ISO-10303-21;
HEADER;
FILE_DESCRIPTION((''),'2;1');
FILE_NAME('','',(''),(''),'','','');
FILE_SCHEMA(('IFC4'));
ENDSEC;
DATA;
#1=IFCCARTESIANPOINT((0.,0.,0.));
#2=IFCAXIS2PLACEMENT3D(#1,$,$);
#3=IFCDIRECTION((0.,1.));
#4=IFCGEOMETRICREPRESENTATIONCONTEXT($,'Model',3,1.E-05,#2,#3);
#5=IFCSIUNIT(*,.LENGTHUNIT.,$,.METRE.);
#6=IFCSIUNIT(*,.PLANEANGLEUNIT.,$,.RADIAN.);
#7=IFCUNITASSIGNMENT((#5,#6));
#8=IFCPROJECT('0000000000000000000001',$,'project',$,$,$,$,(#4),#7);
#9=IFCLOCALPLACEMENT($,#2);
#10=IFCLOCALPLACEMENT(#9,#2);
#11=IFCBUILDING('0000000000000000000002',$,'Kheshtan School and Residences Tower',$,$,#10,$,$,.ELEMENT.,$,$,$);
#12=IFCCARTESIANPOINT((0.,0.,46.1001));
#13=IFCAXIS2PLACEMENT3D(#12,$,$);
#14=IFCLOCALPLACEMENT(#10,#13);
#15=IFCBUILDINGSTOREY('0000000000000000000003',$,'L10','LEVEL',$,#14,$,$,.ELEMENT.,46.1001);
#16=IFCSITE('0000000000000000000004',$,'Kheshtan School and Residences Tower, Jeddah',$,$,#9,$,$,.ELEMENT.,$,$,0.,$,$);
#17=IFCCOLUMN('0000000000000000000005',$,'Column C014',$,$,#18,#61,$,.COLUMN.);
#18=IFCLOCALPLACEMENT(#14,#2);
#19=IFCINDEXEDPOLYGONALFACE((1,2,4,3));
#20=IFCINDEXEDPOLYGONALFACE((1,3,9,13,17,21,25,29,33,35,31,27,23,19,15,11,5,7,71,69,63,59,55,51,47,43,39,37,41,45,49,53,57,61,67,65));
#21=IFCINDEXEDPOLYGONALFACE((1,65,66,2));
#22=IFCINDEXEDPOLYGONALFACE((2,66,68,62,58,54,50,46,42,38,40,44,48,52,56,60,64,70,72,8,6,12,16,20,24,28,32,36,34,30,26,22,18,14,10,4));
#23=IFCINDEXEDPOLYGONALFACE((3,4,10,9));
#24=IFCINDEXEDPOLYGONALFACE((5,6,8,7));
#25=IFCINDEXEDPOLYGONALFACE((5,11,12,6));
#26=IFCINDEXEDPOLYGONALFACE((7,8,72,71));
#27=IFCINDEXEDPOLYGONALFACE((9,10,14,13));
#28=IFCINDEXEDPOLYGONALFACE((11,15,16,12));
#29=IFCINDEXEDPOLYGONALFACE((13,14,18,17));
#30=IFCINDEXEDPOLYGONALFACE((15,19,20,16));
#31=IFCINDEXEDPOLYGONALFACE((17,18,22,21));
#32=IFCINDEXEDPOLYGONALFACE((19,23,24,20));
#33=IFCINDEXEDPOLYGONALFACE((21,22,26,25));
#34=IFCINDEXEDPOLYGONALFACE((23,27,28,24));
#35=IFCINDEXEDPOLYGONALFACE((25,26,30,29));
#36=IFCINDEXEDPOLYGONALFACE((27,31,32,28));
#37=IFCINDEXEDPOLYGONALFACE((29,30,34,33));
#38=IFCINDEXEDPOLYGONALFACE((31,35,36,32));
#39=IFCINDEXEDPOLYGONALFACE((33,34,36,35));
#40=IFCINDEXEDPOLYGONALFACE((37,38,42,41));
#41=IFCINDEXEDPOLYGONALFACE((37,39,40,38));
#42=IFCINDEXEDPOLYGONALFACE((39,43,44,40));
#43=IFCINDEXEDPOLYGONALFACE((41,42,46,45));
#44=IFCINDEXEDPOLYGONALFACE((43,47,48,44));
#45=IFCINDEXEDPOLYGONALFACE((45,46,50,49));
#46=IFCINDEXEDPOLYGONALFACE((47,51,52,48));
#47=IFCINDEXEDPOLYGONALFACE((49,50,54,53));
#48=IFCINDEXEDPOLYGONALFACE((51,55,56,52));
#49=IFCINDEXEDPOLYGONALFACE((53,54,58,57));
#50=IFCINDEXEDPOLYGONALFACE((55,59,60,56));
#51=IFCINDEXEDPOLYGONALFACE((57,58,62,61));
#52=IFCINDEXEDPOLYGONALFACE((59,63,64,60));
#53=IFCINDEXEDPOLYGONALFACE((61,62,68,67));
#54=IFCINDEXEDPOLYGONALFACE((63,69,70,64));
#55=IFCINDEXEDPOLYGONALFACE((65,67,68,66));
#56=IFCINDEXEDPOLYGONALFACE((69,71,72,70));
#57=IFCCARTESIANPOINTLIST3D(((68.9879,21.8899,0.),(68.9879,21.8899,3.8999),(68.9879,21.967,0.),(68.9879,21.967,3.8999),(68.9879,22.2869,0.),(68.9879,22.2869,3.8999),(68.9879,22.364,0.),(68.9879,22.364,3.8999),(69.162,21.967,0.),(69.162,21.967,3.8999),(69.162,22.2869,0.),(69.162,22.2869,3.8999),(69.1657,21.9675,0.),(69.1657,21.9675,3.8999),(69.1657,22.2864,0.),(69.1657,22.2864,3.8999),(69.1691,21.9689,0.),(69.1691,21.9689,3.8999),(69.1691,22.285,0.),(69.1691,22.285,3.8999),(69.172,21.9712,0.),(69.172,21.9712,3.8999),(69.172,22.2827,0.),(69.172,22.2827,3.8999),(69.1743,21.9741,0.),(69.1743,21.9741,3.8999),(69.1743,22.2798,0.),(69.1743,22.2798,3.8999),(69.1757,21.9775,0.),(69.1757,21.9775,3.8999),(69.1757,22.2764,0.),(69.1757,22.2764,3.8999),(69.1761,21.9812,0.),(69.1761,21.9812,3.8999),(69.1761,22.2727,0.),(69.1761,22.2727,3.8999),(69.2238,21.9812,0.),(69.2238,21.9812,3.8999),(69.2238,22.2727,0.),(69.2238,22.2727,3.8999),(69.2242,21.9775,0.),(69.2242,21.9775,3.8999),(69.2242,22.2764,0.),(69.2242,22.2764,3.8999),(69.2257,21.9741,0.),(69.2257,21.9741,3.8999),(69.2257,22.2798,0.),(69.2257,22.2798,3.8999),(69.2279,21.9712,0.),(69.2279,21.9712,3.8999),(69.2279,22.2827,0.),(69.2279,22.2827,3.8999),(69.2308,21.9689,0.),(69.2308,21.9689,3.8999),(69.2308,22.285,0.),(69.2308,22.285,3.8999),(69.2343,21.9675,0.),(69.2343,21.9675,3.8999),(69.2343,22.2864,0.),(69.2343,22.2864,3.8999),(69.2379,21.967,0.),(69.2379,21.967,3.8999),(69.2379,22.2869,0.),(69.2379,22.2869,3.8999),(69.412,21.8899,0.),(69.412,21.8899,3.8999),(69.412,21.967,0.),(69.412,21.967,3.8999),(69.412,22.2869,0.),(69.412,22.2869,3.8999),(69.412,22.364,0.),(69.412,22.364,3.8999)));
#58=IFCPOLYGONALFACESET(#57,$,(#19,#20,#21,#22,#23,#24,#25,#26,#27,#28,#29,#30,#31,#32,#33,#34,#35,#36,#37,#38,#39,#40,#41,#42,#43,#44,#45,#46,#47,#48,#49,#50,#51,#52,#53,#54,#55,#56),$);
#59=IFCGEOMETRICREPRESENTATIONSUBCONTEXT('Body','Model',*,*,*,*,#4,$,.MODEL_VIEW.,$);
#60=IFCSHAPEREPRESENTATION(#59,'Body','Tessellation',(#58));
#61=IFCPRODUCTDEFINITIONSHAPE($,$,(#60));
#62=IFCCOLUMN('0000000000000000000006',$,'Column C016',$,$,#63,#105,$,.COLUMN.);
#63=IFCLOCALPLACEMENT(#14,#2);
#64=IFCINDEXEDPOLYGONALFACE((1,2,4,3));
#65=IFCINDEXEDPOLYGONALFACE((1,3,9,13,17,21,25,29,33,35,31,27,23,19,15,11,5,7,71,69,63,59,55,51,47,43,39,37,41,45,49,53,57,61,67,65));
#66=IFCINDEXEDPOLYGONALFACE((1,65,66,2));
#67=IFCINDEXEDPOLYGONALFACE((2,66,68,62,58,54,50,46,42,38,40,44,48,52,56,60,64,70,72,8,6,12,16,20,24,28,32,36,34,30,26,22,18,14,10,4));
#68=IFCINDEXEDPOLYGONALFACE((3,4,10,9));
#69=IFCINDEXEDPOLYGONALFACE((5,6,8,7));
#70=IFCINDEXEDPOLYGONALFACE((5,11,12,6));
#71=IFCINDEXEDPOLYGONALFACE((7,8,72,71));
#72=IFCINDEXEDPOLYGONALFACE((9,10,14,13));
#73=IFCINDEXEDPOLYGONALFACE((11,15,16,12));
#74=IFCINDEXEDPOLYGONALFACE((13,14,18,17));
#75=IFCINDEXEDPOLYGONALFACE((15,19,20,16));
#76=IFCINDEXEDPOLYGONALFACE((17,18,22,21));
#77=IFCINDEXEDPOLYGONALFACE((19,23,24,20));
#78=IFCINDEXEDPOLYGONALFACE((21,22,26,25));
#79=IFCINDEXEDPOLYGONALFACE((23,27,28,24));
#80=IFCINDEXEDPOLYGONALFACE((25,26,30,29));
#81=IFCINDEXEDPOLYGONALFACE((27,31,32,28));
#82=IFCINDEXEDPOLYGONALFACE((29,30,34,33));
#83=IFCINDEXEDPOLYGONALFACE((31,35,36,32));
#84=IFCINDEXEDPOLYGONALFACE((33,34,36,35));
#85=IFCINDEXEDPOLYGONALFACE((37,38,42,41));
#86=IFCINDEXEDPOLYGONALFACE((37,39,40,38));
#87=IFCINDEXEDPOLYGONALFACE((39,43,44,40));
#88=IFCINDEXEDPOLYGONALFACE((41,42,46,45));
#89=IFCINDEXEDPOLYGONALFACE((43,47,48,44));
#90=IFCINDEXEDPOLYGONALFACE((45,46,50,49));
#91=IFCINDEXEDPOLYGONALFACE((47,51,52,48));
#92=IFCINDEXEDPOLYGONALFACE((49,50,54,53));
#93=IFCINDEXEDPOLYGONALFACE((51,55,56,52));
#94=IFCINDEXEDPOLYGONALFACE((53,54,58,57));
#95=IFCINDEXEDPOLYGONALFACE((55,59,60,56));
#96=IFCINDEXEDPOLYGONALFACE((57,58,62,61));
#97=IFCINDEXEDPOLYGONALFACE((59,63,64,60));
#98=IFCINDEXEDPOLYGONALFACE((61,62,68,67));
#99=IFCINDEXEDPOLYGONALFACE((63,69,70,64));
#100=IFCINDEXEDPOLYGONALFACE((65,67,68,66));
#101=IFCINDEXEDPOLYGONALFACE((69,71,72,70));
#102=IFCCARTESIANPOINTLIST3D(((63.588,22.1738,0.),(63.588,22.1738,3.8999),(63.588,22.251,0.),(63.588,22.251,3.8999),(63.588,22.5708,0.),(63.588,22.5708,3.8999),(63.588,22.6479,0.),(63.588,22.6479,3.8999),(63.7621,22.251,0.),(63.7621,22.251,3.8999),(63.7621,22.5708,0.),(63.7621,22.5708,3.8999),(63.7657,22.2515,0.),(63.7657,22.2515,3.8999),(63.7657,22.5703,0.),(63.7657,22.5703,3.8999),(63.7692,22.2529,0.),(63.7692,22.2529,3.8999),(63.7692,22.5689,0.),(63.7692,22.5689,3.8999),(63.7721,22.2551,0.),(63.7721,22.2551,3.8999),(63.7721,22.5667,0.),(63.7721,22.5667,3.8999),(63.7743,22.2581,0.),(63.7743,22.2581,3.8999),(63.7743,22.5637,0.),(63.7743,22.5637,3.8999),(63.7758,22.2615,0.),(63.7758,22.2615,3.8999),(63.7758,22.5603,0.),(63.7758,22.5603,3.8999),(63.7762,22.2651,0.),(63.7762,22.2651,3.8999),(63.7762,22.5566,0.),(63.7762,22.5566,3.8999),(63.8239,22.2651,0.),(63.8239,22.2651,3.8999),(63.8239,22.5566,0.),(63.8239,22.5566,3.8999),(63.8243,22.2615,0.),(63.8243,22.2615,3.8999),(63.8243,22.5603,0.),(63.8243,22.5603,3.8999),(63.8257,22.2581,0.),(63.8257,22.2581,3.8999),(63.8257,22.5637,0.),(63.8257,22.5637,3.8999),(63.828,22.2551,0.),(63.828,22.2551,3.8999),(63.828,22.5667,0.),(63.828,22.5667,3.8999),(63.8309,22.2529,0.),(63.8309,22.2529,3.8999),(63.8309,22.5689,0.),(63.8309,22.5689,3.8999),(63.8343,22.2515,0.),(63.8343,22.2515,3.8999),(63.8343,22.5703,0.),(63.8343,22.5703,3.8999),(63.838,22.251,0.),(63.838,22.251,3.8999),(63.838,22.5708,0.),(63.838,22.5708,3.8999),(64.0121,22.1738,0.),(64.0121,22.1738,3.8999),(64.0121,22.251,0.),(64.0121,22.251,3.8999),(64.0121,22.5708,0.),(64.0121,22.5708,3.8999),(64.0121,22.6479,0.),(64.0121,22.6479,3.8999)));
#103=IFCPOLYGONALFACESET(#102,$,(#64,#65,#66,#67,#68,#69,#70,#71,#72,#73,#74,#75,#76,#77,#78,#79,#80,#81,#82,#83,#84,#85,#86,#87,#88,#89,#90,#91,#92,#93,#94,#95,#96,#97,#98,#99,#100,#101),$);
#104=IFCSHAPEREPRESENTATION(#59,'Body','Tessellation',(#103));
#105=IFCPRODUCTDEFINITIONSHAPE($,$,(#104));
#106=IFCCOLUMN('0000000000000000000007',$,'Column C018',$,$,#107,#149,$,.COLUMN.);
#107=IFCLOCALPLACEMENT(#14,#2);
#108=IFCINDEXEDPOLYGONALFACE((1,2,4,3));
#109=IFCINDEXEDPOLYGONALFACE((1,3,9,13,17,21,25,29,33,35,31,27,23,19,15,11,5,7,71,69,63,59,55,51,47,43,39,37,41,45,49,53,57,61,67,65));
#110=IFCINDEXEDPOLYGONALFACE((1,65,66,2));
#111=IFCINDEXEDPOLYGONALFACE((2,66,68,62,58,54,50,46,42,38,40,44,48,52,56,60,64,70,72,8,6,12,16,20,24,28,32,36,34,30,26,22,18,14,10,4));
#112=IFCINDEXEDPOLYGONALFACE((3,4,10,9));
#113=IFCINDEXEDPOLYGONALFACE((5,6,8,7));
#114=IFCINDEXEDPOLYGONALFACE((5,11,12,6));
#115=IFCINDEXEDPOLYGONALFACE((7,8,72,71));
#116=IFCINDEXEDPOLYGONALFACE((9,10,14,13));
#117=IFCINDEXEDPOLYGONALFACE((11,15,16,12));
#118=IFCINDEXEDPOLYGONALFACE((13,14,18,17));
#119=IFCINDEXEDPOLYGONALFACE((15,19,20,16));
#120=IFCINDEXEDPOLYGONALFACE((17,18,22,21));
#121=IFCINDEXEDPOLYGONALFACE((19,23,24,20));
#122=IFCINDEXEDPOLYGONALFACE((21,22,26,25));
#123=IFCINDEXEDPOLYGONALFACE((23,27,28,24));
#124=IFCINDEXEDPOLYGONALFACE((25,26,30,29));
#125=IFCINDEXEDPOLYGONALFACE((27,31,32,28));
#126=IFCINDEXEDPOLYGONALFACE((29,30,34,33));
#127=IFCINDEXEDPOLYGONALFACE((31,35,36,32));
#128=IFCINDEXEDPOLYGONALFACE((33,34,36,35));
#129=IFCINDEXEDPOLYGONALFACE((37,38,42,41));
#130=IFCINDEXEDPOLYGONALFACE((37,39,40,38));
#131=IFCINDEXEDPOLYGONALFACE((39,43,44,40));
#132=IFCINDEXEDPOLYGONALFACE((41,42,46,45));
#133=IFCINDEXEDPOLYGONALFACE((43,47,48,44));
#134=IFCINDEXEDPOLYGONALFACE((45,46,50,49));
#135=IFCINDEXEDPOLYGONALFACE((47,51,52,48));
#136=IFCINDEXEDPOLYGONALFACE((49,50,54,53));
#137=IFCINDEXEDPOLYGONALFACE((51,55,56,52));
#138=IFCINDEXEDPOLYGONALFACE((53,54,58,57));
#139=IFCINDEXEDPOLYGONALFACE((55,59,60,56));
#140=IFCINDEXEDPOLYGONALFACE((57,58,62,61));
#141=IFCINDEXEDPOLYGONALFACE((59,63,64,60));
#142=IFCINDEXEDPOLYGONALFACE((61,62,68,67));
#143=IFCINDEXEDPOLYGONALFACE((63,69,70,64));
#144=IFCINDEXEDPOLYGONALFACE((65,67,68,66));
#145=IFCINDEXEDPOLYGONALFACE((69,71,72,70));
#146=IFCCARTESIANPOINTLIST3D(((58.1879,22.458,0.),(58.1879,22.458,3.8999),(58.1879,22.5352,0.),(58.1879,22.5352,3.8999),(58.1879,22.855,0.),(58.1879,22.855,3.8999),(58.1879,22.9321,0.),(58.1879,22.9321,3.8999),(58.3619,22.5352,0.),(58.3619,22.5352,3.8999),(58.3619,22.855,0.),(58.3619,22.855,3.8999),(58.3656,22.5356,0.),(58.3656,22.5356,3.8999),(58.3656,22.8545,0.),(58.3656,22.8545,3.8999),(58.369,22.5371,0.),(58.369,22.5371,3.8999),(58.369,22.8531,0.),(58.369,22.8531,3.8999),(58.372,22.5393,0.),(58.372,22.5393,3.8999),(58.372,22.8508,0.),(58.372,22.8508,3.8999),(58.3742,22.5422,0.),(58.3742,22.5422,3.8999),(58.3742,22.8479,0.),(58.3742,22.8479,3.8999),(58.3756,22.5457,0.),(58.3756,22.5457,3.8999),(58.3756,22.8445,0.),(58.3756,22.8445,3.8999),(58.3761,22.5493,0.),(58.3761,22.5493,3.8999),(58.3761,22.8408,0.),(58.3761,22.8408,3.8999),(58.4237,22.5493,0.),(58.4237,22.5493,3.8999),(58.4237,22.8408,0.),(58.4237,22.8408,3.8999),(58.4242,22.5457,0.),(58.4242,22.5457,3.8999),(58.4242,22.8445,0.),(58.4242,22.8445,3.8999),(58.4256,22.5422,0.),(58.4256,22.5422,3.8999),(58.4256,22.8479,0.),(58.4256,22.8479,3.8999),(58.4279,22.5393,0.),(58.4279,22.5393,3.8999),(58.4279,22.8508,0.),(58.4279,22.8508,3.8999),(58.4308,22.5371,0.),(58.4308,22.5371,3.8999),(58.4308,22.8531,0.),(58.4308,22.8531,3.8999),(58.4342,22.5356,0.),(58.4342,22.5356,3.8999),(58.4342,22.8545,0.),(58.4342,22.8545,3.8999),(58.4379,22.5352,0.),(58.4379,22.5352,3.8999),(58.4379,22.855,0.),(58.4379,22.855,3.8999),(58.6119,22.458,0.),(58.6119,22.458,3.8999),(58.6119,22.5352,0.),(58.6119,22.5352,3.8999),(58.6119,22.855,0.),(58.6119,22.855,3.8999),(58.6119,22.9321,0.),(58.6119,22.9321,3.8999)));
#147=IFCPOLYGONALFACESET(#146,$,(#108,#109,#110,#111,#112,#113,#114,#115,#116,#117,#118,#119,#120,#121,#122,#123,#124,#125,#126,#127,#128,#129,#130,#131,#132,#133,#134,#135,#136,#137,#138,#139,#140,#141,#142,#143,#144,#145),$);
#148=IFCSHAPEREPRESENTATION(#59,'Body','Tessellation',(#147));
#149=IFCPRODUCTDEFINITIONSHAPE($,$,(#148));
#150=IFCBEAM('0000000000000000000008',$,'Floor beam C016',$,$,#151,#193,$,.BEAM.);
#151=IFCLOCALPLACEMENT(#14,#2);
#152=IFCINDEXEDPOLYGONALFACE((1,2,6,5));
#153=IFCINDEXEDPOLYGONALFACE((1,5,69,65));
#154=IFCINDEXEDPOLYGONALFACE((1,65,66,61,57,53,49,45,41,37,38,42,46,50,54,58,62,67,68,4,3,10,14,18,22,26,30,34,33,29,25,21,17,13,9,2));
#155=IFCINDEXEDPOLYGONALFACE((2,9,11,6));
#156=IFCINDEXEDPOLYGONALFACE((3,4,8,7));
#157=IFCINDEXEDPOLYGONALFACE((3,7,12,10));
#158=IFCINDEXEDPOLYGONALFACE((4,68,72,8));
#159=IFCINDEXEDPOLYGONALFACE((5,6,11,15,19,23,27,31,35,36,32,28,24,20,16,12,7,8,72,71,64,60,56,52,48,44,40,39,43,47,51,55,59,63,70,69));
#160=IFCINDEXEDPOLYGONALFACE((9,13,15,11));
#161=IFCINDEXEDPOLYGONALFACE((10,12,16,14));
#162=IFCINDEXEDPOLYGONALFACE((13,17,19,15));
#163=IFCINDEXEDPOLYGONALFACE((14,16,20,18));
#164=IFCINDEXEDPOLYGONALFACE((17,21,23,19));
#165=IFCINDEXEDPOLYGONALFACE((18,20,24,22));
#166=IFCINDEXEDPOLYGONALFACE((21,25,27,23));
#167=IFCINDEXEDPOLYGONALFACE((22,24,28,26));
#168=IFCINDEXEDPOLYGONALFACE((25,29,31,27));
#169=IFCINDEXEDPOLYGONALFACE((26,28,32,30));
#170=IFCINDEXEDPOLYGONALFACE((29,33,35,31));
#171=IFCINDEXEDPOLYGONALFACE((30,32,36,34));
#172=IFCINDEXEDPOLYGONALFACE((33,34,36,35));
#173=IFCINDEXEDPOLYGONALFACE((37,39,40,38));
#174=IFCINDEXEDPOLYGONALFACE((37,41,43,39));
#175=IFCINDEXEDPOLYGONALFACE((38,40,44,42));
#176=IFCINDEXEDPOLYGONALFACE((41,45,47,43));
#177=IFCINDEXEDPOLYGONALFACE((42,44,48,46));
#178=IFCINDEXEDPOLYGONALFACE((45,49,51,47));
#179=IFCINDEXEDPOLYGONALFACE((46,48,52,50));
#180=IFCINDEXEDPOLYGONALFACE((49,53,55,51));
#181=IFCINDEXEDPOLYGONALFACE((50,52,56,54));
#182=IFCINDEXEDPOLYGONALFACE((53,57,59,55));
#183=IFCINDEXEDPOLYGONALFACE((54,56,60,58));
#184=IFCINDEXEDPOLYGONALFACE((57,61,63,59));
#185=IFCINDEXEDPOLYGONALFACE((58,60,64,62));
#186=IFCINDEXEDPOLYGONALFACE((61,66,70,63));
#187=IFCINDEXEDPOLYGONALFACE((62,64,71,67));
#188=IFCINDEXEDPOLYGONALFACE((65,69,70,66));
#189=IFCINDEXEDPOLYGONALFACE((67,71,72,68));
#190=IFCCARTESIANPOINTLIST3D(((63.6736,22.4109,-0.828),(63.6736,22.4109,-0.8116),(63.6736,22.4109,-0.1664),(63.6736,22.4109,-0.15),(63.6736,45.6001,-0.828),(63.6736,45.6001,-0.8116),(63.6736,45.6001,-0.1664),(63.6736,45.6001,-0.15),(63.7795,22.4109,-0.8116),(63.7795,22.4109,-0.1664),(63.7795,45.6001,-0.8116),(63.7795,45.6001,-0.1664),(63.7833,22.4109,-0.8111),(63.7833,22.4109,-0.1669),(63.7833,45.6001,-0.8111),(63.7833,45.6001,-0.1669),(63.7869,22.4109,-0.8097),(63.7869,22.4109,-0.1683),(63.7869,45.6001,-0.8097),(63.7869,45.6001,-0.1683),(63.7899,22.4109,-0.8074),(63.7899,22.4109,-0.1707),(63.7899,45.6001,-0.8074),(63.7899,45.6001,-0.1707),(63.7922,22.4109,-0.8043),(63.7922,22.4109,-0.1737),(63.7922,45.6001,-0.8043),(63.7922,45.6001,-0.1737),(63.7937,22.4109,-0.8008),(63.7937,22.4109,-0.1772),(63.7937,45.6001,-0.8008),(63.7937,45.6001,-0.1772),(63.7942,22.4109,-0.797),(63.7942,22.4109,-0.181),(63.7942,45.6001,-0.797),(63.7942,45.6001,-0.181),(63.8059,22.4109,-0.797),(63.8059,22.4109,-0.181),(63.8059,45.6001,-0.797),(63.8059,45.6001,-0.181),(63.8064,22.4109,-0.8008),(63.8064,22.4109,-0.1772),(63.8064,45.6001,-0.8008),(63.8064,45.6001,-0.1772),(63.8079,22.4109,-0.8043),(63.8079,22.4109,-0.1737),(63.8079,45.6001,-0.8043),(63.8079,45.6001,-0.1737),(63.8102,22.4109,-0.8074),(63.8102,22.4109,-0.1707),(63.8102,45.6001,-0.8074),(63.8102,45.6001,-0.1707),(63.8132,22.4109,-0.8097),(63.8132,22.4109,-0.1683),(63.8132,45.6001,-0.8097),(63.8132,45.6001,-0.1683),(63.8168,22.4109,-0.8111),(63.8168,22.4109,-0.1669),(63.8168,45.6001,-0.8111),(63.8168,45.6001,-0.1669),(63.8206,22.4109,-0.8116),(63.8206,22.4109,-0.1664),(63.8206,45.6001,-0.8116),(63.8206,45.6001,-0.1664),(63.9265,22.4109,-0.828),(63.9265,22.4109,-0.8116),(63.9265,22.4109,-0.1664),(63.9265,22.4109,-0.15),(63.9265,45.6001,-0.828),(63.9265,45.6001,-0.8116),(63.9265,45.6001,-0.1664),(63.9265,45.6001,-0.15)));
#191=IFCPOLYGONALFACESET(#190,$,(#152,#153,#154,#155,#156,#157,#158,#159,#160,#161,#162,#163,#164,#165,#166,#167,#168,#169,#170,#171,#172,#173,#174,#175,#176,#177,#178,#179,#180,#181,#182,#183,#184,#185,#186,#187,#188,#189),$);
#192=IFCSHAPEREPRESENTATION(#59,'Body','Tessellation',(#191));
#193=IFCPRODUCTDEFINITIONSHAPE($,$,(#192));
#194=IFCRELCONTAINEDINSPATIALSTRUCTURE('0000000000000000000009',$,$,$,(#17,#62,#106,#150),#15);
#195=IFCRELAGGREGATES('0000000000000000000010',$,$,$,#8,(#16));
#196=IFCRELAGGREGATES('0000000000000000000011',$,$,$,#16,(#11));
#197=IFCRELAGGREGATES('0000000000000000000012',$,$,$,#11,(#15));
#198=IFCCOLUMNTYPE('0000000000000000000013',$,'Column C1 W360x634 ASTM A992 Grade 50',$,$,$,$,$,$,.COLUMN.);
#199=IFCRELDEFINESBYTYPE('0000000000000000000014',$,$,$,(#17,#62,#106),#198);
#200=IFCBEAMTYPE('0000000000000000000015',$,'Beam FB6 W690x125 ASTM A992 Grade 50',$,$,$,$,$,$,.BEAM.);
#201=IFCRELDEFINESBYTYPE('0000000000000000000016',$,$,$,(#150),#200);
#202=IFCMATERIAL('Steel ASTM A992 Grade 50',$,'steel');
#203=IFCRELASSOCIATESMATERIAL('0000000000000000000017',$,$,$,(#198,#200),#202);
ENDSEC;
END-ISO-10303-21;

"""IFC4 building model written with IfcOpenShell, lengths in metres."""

from ifc_helpers import new_model, si_unit, direction, frame, origin, origin_2d, place, context, subcontext, project, spatial, i_section, extrude, material, material_profile, profile_set, type_object, element, save


model = new_model("IFC4")

# Units and contexts
model_context = context("Model", 3, precision=1e-05, world=origin(), true_north=direction((0.0, 1.0)))
body_context = subcontext(model_context, "Body", "Model", "MODEL_VIEW")
ifc_project = project(units=[si_unit("LENGTHUNIT", "METRE"), si_unit("PLANEANGLEUNIT", "RADIAN")], contexts=[model_context])

# Site, building, storey
site_placement = place(None, origin())
site = spatial("IfcSite", under=ifc_project, at=site_placement, Name="Kheshtan School and Residences Tower, Jeddah", CompositionType="ELEMENT", RefElevation=0.0)
building_placement = place(site_placement, origin())
building = spatial("IfcBuilding", under=site, at=building_placement, Name="Kheshtan School and Residences Tower", CompositionType="ELEMENT")
storey_placement = place(building_placement, frame((0.0, 0.0, 46.1001)))
storey = spatial("IfcBuildingStorey", under=building, at=storey_placement, Name="L10", Description="LEVEL", CompositionType="ELEMENT", Elevation=46.1001)

# Columns
ifc_material_1 = material(Name="Steel ASTM A992 Grade 50", Category="steel")
ifc_material_profile_1 = material_profile(ifc_material_1, i_section(OverallWidth=0.4241, OverallDepth=0.4741, WebThickness=0.0476, FlangeThickness=0.0771, FilletRadius=0.0142, at=origin_2d()), Name="W360x634")
ifc_profile_set_1 = profile_set([ifc_material_profile_1], Name="Steel ASTM A992 Grade 50")
column_type = type_object("IfcColumnType", Name="Column C1 W360x634 ASTM A992 Grade 50", PredefinedType="COLUMN", material=ifc_profile_set_1)
for number, where, z_axis, x_axis, name in (
    (1, (69.2, 22.127, 0.0), (0.0, 0.0, 1.0), (1.0, 0.0, 0.0), "Column C014"),
    (2, (63.8, 22.4109, 0.0), (0.0, 0.0, 1.0), (1.0, 0.0, 0.0), "Column C016"),
    (3, (58.3999, 22.6951, 0.0), (0.0, 0.0, 1.0), (1.0, 0.0, 0.0), "Column C018"),
):
    element("IfcColumn", number, at=place(storey_placement, frame(where, z_axis=z_axis, x_axis=x_axis)), inside=storey, type_object=column_type, Name=name, PredefinedType="COLUMN", context=body_context, shape_type="SweptSolid", body=[
        extrude(i_section(OverallWidth=0.4241, OverallDepth=0.4741, WebThickness=0.0476, FlangeThickness=0.0771, FilletRadius=0.0142, at=origin_2d()), origin(), (0.0, 0.0, 1.0), 3.8999),
    ])

# Beam
ifc_material_profile_2 = material_profile(ifc_material_1, i_section(OverallWidth=0.2529, OverallDepth=0.678, WebThickness=0.0117, FlangeThickness=0.0164, FilletRadius=0.0146, at=origin_2d()), Name="W690x125")
ifc_profile_set_2 = profile_set([ifc_material_profile_2], Name="Steel ASTM A992 Grade 50")
beam_type_1 = type_object("IfcBeamType", Name="Beam FB6 W690x125 ASTM A992 Grade 50", PredefinedType="BEAM", material=ifc_profile_set_2)
beam_1_placement = place(storey_placement, frame((63.8, 22.4109, -0.489), z_axis=(0.0, 1.0, 0.0), x_axis=(-1.0, 0.0, 0.0)))
element("IfcBeam", 4, at=beam_1_placement, inside=storey, type_object=beam_type_1, Name="Floor beam C016", PredefinedType="BEAM", context=body_context, shape_type="SweptSolid", body=[
    extrude(i_section(OverallWidth=0.2529, OverallDepth=0.678, WebThickness=0.0117, FlangeThickness=0.0164, FilletRadius=0.0146, at=origin_2d()), origin(), (0.0, 0.0, 1.0), 23.1892),
])

save(model, "model.ifc")
